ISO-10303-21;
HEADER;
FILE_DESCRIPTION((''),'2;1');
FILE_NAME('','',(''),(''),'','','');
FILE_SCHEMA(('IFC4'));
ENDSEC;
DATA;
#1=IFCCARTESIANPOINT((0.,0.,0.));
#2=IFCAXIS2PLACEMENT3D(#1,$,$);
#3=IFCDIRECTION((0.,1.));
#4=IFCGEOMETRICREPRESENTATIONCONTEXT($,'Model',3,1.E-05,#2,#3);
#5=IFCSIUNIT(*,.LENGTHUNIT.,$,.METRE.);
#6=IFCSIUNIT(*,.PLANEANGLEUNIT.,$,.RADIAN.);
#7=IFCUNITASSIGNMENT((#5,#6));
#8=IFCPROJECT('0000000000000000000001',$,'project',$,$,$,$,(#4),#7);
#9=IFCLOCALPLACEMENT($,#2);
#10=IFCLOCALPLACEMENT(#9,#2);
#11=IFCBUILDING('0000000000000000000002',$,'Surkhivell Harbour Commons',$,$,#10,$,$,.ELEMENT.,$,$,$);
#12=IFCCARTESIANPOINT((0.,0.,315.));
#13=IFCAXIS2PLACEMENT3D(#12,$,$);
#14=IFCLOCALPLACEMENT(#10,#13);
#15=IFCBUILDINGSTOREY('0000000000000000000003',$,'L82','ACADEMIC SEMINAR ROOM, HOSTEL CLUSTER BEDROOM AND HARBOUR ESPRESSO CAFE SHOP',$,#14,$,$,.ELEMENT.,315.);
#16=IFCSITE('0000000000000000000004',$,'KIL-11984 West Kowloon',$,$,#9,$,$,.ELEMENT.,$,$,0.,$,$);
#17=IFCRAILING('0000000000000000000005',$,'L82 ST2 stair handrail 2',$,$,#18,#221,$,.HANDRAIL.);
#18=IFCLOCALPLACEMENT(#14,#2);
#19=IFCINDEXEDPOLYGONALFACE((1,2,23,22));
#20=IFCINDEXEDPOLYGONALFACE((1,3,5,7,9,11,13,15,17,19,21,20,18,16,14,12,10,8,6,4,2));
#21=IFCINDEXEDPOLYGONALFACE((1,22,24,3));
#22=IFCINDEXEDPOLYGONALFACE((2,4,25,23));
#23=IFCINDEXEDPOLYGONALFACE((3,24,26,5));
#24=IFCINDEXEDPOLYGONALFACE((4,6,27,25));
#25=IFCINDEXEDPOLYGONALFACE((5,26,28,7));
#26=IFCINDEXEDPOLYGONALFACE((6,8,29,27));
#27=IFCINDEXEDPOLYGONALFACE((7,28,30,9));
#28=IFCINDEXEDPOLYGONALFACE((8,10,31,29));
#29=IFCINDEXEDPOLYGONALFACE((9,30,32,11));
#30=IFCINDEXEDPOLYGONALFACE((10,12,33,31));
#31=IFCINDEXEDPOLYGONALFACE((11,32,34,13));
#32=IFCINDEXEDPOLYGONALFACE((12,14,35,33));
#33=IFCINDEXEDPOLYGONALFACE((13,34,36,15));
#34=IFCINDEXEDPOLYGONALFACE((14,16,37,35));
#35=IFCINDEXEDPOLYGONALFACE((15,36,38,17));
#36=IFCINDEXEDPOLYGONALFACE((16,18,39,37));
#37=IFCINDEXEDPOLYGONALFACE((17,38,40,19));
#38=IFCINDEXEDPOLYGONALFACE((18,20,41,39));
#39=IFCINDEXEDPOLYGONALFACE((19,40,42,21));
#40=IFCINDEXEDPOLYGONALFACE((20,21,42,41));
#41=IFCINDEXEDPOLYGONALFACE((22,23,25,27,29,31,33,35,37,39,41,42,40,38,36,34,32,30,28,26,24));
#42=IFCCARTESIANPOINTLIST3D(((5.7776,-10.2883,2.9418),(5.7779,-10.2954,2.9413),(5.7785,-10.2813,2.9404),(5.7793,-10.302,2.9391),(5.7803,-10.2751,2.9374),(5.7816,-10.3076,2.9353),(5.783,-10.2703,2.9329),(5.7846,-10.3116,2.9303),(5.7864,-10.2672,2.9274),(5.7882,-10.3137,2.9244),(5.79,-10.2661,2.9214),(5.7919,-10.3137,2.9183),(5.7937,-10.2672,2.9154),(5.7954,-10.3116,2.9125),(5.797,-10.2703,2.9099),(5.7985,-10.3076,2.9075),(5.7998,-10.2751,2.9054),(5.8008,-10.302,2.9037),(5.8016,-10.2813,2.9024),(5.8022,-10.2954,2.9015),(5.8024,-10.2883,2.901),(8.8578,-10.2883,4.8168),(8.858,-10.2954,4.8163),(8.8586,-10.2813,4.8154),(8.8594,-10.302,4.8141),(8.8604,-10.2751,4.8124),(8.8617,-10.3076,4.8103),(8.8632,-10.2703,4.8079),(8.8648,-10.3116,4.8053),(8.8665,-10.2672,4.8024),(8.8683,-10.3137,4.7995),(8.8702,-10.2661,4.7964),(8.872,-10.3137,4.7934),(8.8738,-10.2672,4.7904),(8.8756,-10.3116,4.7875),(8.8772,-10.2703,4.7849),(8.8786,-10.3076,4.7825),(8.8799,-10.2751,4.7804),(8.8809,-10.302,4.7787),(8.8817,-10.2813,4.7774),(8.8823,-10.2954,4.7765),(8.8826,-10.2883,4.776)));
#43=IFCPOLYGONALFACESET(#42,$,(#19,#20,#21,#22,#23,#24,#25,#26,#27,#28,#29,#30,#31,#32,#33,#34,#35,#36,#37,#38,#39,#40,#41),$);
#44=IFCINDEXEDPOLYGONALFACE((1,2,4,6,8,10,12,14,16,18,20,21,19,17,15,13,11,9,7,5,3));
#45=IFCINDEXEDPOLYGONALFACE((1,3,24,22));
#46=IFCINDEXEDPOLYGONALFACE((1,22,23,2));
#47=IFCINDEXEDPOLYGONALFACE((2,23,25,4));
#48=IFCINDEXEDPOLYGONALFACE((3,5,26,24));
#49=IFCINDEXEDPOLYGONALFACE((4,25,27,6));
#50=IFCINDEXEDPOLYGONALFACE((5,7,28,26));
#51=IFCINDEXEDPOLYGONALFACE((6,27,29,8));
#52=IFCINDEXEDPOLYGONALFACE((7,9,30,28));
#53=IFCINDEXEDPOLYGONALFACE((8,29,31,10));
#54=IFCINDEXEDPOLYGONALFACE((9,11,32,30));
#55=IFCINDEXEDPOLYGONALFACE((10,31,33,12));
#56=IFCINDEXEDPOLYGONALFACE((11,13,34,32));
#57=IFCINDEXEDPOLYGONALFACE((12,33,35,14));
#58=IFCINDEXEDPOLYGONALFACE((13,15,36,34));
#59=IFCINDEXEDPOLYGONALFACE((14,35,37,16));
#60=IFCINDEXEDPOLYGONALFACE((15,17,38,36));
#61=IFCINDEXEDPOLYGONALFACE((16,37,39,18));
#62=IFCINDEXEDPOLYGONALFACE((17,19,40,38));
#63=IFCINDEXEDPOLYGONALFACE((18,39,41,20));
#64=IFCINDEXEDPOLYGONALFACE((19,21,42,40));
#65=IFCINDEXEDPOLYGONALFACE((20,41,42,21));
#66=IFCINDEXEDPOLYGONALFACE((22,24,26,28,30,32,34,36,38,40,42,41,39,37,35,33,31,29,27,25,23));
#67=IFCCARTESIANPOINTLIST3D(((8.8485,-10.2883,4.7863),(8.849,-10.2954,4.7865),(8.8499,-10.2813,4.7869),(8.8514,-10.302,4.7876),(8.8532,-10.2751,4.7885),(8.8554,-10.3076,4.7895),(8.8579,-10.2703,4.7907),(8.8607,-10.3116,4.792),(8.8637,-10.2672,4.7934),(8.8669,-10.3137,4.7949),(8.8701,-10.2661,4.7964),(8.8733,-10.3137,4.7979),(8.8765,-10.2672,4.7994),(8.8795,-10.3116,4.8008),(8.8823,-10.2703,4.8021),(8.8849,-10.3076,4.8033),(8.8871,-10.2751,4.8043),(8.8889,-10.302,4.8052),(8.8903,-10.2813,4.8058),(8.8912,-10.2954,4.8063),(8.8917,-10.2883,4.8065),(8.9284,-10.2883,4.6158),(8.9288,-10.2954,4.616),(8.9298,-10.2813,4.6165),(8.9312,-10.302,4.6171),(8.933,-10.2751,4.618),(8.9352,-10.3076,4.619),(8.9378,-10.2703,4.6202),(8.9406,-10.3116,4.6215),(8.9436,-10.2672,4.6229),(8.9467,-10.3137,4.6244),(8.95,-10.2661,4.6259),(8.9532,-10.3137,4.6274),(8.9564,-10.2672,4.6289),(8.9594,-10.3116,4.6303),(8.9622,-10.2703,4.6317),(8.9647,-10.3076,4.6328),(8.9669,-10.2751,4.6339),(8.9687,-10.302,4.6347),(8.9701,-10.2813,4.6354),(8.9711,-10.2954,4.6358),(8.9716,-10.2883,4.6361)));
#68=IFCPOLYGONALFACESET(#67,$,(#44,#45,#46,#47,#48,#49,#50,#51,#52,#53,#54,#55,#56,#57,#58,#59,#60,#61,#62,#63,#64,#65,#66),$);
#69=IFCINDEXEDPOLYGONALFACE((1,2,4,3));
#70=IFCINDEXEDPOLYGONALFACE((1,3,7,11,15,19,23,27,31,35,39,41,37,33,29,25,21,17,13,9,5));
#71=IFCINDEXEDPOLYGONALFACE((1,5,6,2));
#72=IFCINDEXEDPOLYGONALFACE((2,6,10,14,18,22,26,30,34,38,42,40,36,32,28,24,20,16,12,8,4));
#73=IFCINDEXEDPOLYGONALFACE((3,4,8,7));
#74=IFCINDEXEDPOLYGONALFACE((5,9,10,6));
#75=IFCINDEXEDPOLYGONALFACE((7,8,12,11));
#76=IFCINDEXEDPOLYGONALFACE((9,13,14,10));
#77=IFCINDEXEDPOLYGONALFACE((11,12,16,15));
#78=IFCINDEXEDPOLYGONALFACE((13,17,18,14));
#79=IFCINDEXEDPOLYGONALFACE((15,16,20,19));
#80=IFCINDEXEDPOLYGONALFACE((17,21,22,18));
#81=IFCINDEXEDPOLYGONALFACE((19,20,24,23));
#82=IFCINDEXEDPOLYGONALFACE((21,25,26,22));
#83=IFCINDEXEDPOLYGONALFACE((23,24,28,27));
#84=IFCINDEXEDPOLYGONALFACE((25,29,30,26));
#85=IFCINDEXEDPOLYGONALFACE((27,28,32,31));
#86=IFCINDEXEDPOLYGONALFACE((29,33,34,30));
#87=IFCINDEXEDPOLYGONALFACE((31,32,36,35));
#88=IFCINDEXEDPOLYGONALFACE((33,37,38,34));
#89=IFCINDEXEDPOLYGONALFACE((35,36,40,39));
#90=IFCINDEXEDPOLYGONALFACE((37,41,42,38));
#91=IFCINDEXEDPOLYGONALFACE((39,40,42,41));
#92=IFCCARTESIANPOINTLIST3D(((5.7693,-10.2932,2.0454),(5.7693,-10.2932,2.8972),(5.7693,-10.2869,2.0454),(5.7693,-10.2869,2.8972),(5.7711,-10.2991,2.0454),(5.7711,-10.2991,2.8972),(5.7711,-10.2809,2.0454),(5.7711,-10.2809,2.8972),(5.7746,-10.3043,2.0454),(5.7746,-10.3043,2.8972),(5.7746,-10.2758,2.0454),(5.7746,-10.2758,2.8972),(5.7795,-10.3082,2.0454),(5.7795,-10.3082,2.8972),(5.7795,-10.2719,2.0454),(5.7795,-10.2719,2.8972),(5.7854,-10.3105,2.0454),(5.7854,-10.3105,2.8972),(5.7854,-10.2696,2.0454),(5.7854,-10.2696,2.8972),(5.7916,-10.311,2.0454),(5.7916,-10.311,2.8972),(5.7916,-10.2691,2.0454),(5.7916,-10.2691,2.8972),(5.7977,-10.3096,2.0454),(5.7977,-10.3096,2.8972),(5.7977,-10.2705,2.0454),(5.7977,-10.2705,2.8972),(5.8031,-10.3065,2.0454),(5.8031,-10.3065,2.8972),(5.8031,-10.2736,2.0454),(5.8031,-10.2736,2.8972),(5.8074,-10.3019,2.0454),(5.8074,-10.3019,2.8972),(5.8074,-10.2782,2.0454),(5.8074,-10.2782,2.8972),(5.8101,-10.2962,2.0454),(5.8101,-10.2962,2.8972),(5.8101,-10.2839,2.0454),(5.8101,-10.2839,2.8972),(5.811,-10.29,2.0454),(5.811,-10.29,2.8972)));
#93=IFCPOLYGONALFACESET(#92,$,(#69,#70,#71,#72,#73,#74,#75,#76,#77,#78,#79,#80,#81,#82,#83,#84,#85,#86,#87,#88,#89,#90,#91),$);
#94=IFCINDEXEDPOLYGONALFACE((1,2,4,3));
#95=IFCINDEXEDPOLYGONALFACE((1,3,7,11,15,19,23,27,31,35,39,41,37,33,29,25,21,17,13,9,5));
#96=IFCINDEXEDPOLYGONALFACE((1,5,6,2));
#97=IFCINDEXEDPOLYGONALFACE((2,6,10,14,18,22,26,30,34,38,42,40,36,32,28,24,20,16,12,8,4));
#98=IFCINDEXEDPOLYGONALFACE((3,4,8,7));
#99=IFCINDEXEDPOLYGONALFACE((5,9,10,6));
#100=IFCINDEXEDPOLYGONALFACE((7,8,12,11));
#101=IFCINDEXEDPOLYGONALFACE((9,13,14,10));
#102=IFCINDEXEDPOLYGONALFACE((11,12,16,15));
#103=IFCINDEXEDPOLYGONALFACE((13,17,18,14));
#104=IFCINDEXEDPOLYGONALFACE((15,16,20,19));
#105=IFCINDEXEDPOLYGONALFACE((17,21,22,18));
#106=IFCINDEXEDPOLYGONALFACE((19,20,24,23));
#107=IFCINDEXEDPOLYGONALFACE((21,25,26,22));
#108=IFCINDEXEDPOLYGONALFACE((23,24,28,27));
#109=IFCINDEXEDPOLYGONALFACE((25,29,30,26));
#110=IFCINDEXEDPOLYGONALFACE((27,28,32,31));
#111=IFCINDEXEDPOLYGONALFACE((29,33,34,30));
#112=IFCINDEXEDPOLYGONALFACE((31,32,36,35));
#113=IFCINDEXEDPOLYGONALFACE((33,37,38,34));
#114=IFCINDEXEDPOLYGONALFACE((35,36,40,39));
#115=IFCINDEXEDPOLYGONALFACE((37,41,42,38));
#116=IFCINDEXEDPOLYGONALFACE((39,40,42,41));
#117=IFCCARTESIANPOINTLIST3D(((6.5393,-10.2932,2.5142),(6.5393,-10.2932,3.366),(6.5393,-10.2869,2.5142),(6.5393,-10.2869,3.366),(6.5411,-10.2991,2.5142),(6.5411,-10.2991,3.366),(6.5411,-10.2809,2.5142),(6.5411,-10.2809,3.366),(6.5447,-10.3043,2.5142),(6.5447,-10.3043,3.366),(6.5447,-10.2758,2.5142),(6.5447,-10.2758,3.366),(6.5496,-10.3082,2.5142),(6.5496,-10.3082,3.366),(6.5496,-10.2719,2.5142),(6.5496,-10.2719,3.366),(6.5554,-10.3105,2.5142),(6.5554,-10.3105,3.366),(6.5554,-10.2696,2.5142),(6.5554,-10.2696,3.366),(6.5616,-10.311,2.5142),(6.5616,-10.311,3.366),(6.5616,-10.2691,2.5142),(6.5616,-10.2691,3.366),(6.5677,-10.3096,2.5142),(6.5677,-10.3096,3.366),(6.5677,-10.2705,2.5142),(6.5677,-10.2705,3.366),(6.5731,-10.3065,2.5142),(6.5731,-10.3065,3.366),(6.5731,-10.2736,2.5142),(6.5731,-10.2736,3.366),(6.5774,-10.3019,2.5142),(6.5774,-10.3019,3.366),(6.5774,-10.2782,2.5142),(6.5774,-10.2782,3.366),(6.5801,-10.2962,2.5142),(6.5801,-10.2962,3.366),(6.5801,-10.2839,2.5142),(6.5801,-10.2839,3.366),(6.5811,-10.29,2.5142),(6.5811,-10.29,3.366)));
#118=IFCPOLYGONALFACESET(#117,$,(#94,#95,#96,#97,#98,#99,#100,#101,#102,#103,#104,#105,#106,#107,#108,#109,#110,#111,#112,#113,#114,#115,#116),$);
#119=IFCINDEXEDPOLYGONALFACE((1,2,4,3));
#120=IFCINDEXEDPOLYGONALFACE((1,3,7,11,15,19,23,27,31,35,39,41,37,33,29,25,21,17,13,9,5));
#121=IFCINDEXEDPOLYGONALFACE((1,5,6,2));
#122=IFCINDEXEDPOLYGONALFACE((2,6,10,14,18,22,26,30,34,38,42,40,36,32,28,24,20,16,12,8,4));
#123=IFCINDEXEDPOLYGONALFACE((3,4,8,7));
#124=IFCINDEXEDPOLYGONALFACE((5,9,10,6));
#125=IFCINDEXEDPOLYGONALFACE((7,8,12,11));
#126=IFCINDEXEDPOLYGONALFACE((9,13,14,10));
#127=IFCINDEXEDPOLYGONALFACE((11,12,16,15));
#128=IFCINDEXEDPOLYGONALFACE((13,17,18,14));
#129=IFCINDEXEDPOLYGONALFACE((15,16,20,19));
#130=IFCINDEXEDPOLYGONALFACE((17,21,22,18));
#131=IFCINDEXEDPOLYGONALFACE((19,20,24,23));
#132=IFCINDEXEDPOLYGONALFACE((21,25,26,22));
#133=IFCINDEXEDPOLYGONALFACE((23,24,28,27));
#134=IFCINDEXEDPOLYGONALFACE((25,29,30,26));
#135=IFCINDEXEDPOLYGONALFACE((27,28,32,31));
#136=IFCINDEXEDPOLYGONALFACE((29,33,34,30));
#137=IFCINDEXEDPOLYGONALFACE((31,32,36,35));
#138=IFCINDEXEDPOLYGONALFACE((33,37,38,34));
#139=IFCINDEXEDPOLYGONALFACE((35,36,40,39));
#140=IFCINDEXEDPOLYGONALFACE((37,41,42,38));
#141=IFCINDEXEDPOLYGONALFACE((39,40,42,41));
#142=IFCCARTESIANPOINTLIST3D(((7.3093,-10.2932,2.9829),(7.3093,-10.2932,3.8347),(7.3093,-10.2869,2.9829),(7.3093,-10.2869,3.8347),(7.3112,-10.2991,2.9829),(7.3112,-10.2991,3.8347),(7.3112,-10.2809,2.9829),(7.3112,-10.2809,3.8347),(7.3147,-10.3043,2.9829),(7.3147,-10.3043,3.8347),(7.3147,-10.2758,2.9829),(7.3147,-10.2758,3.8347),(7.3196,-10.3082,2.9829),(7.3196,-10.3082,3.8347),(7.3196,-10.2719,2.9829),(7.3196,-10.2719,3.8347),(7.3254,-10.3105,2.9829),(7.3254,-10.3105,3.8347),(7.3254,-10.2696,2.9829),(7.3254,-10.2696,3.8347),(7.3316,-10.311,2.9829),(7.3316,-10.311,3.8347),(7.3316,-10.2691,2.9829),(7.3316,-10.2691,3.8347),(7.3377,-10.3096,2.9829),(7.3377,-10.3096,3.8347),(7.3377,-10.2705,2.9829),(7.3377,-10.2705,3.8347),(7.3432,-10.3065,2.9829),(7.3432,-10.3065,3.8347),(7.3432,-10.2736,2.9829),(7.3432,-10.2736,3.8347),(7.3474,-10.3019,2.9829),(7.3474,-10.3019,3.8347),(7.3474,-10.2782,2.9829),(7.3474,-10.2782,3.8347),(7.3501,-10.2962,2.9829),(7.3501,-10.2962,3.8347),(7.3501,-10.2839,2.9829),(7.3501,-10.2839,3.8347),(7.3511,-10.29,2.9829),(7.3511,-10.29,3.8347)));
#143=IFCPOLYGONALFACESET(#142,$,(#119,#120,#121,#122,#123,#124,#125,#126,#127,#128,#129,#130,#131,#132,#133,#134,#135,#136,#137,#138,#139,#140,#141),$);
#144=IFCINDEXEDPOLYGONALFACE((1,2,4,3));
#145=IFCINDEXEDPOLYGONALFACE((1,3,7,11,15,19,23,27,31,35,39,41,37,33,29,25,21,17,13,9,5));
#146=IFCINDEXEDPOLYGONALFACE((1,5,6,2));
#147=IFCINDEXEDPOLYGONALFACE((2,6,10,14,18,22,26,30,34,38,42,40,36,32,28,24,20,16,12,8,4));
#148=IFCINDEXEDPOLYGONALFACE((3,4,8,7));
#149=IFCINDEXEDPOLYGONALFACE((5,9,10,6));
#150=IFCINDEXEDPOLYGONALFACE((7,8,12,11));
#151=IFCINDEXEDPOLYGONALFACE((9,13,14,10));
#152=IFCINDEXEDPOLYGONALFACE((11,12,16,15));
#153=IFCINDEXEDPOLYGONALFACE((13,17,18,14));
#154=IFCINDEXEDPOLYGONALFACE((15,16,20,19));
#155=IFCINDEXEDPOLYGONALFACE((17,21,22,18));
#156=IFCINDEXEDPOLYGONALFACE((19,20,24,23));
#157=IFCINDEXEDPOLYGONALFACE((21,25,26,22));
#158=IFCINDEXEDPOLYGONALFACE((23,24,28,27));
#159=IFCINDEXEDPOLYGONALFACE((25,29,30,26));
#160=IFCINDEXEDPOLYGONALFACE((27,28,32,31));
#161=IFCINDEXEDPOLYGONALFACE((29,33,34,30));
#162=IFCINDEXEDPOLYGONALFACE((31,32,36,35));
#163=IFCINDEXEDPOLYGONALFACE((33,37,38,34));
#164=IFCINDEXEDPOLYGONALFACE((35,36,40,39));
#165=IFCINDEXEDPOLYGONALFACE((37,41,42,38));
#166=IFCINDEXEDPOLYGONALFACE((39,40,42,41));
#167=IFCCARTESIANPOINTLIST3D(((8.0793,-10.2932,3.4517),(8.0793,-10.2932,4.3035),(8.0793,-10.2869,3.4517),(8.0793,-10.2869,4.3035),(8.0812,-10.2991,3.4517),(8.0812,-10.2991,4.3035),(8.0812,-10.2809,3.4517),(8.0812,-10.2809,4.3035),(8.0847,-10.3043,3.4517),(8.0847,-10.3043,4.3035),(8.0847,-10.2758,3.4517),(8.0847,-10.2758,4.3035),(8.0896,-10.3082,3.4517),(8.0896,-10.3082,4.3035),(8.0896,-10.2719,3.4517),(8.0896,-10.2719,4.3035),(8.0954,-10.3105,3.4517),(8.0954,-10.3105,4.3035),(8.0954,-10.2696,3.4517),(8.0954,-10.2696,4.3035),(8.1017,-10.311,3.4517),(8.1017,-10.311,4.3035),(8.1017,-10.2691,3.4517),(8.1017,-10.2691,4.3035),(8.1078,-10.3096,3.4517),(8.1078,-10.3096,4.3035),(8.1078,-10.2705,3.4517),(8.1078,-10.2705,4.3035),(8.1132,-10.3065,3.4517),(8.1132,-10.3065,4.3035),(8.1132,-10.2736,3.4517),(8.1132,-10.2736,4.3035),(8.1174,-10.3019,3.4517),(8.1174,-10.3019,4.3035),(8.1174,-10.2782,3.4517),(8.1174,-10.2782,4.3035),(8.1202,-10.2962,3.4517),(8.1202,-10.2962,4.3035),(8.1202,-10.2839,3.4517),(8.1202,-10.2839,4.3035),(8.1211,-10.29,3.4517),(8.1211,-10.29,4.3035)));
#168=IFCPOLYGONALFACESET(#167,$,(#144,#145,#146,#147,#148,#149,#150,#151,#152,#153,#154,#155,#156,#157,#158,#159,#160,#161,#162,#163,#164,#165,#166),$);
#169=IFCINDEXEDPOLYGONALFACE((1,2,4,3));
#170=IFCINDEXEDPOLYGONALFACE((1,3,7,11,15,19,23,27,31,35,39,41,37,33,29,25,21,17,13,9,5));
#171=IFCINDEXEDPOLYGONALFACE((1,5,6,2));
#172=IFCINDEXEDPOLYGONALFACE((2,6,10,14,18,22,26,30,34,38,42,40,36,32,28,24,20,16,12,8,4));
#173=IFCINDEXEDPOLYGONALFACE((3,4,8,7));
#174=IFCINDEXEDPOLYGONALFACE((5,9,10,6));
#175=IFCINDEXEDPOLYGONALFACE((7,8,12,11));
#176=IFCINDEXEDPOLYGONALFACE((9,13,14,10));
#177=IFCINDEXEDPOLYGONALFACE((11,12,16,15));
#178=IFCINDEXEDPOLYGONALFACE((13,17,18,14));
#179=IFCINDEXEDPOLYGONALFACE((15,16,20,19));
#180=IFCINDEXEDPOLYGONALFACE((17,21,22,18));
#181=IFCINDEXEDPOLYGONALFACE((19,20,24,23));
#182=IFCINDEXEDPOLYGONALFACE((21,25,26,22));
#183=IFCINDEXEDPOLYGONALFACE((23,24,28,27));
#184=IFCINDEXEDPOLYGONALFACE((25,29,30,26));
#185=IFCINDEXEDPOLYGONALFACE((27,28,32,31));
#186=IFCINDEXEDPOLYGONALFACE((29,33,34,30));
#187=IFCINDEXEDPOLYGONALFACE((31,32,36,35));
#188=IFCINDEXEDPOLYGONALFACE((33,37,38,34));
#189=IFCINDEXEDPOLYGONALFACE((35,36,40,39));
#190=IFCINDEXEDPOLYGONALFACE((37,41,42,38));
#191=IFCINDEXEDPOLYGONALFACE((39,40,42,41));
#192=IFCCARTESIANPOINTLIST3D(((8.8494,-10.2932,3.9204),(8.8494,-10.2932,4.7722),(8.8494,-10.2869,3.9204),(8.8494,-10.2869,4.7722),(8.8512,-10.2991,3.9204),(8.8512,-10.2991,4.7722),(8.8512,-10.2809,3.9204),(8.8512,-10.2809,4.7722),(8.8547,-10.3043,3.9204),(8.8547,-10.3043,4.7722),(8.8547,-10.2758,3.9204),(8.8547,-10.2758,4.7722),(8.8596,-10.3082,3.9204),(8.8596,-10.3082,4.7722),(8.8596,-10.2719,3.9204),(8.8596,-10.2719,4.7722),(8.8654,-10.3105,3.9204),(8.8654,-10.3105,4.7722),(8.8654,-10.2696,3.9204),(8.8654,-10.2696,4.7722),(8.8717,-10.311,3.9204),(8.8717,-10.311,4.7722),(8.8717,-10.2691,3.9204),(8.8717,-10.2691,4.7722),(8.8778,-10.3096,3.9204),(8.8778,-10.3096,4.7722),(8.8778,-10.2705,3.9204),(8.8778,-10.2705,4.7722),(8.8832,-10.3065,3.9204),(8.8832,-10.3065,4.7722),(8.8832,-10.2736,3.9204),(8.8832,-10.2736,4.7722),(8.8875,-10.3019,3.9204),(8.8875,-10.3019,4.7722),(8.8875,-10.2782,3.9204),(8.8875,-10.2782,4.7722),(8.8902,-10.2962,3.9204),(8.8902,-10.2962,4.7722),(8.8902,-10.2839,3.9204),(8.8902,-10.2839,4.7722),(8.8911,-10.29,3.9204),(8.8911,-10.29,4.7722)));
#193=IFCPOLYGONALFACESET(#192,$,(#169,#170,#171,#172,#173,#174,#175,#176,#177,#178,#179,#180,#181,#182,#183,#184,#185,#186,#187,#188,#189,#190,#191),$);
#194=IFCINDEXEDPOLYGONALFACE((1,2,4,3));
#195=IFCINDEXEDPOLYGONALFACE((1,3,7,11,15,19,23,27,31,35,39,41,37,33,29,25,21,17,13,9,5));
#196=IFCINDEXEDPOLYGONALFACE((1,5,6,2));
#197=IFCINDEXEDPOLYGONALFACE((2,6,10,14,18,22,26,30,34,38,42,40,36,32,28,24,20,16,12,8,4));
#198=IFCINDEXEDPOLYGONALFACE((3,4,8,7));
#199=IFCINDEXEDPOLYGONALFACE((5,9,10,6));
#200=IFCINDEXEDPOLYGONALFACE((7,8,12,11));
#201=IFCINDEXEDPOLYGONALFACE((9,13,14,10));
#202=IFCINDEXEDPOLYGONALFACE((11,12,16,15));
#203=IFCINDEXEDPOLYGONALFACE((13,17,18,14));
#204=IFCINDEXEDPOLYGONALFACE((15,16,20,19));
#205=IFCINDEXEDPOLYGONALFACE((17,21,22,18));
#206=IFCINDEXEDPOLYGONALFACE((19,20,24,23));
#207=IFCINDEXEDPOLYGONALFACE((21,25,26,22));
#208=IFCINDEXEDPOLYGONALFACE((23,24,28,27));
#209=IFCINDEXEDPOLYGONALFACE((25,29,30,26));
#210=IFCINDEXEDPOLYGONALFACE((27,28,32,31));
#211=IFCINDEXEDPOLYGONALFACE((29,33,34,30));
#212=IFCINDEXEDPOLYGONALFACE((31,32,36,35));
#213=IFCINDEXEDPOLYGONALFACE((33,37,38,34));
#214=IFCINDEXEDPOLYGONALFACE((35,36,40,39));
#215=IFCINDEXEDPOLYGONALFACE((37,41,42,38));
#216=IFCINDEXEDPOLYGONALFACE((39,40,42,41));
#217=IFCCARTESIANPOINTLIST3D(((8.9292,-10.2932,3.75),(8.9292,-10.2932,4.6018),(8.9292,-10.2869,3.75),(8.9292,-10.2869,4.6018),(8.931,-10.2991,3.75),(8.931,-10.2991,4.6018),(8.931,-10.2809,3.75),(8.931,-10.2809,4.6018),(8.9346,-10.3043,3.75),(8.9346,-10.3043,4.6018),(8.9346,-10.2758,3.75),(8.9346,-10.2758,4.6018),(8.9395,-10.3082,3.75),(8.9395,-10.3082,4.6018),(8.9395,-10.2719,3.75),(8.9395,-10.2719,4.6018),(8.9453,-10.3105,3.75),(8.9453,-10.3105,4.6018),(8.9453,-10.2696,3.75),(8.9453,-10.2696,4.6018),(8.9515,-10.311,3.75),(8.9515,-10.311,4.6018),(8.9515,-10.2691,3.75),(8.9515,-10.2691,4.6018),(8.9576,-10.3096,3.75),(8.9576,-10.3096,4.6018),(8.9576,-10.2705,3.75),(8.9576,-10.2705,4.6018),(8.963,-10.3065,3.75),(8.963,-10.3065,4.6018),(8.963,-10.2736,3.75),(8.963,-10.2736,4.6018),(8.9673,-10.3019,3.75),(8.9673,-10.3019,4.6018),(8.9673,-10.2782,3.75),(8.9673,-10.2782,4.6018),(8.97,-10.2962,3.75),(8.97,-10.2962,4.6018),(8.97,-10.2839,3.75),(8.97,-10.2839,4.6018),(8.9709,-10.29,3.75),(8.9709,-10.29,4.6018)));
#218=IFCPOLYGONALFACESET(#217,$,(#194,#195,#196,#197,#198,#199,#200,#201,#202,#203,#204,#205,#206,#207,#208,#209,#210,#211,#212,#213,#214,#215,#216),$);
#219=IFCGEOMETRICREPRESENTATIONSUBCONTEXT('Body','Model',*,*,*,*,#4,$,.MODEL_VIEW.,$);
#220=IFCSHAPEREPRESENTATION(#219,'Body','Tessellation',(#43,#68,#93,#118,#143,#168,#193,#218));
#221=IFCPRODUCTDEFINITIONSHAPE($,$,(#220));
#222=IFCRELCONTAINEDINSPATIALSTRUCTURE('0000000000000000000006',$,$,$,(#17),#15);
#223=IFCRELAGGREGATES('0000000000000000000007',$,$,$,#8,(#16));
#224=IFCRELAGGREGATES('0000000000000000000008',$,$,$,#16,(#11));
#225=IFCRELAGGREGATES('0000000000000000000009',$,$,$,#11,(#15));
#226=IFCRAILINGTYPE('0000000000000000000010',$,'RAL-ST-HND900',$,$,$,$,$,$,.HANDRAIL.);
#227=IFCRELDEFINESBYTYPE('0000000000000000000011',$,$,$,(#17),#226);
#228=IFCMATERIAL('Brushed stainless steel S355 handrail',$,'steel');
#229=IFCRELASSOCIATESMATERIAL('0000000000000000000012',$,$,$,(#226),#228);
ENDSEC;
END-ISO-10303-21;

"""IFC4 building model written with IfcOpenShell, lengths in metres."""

from ifc_helpers import new_model, si_unit, direction, frame, origin, origin_2d, place, context, subcontext, project, spatial, circle, extrude, material, type_object, element, save


model = new_model("IFC4")

# Units and contexts
model_context = context("Model", 3, precision=1e-05, world=origin(), true_north=direction((0.0, 1.0)))
body_context = subcontext(model_context, "Body", "Model", "MODEL_VIEW")
ifc_project = project(units=[si_unit("LENGTHUNIT", "METRE"), si_unit("PLANEANGLEUNIT", "RADIAN")], contexts=[model_context])

# Site, building, storey
site_placement = place(None, origin())
site = spatial("IfcSite", under=ifc_project, at=site_placement, Name="KIL-11984 West Kowloon", CompositionType="ELEMENT", RefElevation=0.0)
building_placement = place(site_placement, origin())
building = spatial("IfcBuilding", under=site, at=building_placement, Name="Surkhivell Harbour Commons", CompositionType="ELEMENT")
storey_placement = place(building_placement, frame((0.0, 0.0, 315.0)))
storey = spatial("IfcBuildingStorey", under=building, at=storey_placement, Name="L82", Description="ACADEMIC SEMINAR ROOM, HOSTEL CLUSTER BEDROOM AND HARBOUR ESPRESSO CAFE SHOP", CompositionType="ELEMENT", Elevation=315.0)

# Railing
ifc_material_1 = material(Name="Brushed stainless steel S355 handrail", Category="steel")
railing_type_1 = type_object("IfcRailingType", Name="RAL-ST-HND900", PredefinedType="HANDRAIL", material=ifc_material_1)
railing_1_placement = place(storey_placement, frame((5.79, -10.29, 2.0454)))
element("IfcRailing", 1, at=railing_1_placement, inside=storey, type_object=railing_type_1, Name="L82 ST2 stair handrail 2", PredefinedType="HANDRAIL", context=body_context, shape_type="SweptSolid", body=[
    extrude(circle(Radius=0.0239, at=origin_2d()), frame((0.0, 0.0, 0.876), z_axis=(0.854178, 0.0, 0.519981), x_axis=(0.0, 1.0, 0.0)), (0.0, 0.0, 1.0), 3.606),
    extrude(circle(Radius=0.0239, at=origin_2d()), frame((3.0801, 0.0, 2.751), z_axis=(0.424234, 0.0, -0.905552), x_axis=(0.0, 1.0, 0.0)), (0.0, 0.0, 1.0), 0.1882),
    extrude(circle(Radius=0.021, at=origin_2d()), origin(), (0.0, 0.0, 1.0), 0.8518),
    extrude(circle(Radius=0.021, at=origin_2d()), frame((0.77, 0.0, 0.4688)), (0.0, 0.0, 1.0), 0.8518),
    extrude(circle(Radius=0.021, at=origin_2d()), frame((1.54, 0.0, 0.9375)), (0.0, 0.0, 1.0), 0.8518),
    extrude(circle(Radius=0.021, at=origin_2d()), frame((2.3101, 0.0, 1.4062)), (0.0, 0.0, 1.0), 0.8518),
    extrude(circle(Radius=0.021, at=origin_2d()), frame((3.0801, 0.0, 1.875)), (0.0, 0.0, 1.0), 0.8518),
    extrude(circle(Radius=0.021, at=origin_2d()), frame((3.1599, 0.0, 1.7046)), (0.0, 0.0, 1.0), 0.8518),
])

save(model, "model.ifc")
